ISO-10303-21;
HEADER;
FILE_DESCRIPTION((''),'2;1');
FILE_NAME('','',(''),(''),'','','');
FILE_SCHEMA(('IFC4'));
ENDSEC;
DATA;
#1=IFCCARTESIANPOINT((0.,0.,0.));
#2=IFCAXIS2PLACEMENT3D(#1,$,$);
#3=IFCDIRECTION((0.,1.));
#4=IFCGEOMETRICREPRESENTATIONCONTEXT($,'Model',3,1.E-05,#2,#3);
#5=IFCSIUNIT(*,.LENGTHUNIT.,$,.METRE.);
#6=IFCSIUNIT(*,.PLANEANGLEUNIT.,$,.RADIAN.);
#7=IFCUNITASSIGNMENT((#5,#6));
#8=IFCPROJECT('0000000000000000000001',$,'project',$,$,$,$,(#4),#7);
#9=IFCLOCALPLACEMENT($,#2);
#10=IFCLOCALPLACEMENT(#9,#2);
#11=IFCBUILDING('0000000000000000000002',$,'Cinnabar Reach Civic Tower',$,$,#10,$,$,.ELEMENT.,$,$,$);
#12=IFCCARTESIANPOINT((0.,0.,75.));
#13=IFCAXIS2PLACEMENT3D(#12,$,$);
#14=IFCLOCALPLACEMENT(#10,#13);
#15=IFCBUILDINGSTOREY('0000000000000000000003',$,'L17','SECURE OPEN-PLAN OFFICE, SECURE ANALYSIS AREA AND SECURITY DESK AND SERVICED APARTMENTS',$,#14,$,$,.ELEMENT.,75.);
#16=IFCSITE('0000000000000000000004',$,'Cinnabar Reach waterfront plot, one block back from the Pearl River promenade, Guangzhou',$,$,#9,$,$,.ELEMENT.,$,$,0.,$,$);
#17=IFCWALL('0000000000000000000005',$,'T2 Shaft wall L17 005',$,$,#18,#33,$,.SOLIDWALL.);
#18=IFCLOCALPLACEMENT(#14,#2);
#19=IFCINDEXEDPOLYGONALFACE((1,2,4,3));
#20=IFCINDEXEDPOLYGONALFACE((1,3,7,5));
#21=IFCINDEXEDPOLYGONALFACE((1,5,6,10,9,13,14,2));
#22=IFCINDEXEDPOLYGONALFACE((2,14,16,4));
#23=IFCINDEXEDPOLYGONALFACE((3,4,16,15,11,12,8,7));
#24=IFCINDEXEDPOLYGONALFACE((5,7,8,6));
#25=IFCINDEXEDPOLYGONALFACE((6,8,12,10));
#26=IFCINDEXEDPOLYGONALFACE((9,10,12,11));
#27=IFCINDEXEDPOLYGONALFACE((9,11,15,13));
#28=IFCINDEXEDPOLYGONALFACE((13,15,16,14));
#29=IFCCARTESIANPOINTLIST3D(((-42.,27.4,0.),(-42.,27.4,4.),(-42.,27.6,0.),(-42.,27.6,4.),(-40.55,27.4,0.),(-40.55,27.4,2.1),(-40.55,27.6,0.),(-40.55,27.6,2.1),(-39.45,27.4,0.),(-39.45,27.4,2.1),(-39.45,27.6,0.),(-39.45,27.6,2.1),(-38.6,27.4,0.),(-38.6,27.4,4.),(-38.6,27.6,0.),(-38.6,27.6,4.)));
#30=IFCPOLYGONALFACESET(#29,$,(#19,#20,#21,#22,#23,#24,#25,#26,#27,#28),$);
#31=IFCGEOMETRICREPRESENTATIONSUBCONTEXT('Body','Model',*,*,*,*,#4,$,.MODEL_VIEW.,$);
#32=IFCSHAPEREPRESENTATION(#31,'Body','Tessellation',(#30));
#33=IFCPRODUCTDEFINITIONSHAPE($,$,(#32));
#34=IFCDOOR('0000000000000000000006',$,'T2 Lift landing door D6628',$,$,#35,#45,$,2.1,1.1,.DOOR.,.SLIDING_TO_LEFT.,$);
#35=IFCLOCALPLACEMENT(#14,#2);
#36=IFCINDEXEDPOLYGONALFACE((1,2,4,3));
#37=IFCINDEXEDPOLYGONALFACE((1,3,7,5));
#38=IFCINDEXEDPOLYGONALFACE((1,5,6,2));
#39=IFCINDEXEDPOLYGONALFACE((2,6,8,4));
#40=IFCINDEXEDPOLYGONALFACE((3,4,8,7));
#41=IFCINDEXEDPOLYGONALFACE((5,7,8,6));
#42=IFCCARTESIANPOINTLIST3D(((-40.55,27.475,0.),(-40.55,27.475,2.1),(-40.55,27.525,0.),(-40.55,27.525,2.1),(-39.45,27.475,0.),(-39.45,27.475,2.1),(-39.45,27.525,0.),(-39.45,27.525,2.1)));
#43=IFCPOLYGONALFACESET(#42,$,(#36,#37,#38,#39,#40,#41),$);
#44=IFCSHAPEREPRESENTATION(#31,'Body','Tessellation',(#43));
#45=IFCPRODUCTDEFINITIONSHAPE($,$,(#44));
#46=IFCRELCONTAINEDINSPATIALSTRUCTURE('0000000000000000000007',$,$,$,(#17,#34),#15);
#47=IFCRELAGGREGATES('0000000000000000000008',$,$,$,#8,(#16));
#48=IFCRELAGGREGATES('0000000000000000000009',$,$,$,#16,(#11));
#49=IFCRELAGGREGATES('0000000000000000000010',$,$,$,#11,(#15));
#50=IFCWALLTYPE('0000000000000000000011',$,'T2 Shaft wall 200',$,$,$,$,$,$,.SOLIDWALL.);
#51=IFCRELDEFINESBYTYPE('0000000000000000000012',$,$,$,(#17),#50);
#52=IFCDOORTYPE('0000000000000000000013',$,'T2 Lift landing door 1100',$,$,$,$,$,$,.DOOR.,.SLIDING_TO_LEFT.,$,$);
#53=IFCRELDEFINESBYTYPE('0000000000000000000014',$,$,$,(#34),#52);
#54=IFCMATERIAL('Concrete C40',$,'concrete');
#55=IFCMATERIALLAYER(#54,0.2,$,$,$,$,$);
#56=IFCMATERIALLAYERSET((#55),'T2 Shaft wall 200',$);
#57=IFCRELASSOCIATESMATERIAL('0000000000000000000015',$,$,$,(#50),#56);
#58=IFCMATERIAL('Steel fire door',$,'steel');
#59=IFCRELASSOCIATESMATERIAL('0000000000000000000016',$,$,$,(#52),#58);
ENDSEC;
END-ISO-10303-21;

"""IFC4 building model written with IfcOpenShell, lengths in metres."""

from ifc_helpers import new_model, si_unit, direction, frame, frame_2d, origin, place, context, subcontext, project, spatial, rectangle, extrude, material, layer, layer_set, type_object, element, fill, save


model = new_model("IFC4")

# Units and contexts
model_context = context("Model", 3, precision=1e-05, world=origin(), true_north=direction((0.0, 1.0)))
body_context = subcontext(model_context, "Body", "Model", "MODEL_VIEW")
ifc_project = project(units=[si_unit("LENGTHUNIT", "METRE"), si_unit("PLANEANGLEUNIT", "RADIAN")], contexts=[model_context])

# Site, building, storey
site_placement = place(None, origin())
site = spatial("IfcSite", under=ifc_project, at=site_placement, Name="Cinnabar Reach waterfront plot, one block back from the Pearl River promenade, Guangzhou", CompositionType="ELEMENT", RefElevation=0.0)
building_placement = place(site_placement, origin())
building = spatial("IfcBuilding", under=site, at=building_placement, Name="Cinnabar Reach Civic Tower", CompositionType="ELEMENT")
storey_placement = place(building_placement, frame((0.0, 0.0, 75.0)))
storey = spatial("IfcBuildingStorey", under=building, at=storey_placement, Name="L17", Description="SECURE OPEN-PLAN OFFICE, SECURE ANALYSIS AREA AND SECURITY DESK AND SERVICED APARTMENTS", CompositionType="ELEMENT", Elevation=75.0)

# Wall, opening, door
ifc_material_1 = material(Name="Concrete C40", Category="concrete")
ifc_layer_1 = layer(ifc_material_1, 0.2)
ifc_layer_set_1 = layer_set([ifc_layer_1], Name="T2 Shaft wall 200")
wall_type_1 = type_object("IfcWallType", Name="T2 Shaft wall 200", PredefinedType="SOLIDWALL", material=ifc_layer_set_1)
wall_1_placement = place(storey_placement, frame((-42.0, 27.5, 0.0), z_axis=(0.0, 0.0, 1.0), x_axis=(1.0, 0.0, 0.0)))
wall_1 = element("IfcWall", 1, at=wall_1_placement, inside=storey, type_object=wall_type_1, Name="T2 Shaft wall L17 005", PredefinedType="SOLIDWALL", context=body_context, shape_type="SweptSolid", body=[
    extrude(rectangle(XDim=3.4, YDim=0.2, at=frame_2d((1.7, 0.0))), origin(), (0.0, 0.0, 1.0), 4.0),
])
opening_1_placement = place(wall_1_placement, frame((1.45, 0.0, 0.0)))
opening_1 = element("IfcOpeningElement", 2, at=opening_1_placement, cuts=wall_1, PredefinedType="OPENING", context=body_context, shape_type="SweptSolid", body=[
    extrude(rectangle(XDim=1.1, YDim=2.1, at=frame_2d((0.55, 1.05))), frame((0.0, 0.11, 0.0), z_axis=(0.0, -1.0, 0.0), x_axis=(1.0, 0.0, 0.0)), (0.0, 0.0, 1.0), 0.22),
])
ifc_material_2 = material(Name="Steel fire door", Category="steel")
door_type_1 = type_object("IfcDoorType", Name="T2 Lift landing door 1100", OperationType="SLIDING_TO_LEFT", PredefinedType="DOOR", material=ifc_material_2)
door_1_placement = place(opening_1_placement, origin())
door_1 = element("IfcDoor", 3, at=door_1_placement, inside=storey, type_object=door_type_1, Name="T2 Lift landing door D6628", OperationType="SLIDING_TO_LEFT", OverallHeight=2.1, OverallWidth=1.1, PredefinedType="DOOR", context=body_context, shape_type="SweptSolid", body=[
    extrude(rectangle(XDim=1.1, YDim=2.1, at=frame_2d((0.55, 1.05))), frame((0.0, 0.025, 0.0), z_axis=(0.0, -1.0, 0.0), x_axis=(1.0, 0.0, 0.0)), (0.0, 0.0, 1.0), 0.05),
])
fill(opening_1, door_1)

save(model, "model.ifc")
